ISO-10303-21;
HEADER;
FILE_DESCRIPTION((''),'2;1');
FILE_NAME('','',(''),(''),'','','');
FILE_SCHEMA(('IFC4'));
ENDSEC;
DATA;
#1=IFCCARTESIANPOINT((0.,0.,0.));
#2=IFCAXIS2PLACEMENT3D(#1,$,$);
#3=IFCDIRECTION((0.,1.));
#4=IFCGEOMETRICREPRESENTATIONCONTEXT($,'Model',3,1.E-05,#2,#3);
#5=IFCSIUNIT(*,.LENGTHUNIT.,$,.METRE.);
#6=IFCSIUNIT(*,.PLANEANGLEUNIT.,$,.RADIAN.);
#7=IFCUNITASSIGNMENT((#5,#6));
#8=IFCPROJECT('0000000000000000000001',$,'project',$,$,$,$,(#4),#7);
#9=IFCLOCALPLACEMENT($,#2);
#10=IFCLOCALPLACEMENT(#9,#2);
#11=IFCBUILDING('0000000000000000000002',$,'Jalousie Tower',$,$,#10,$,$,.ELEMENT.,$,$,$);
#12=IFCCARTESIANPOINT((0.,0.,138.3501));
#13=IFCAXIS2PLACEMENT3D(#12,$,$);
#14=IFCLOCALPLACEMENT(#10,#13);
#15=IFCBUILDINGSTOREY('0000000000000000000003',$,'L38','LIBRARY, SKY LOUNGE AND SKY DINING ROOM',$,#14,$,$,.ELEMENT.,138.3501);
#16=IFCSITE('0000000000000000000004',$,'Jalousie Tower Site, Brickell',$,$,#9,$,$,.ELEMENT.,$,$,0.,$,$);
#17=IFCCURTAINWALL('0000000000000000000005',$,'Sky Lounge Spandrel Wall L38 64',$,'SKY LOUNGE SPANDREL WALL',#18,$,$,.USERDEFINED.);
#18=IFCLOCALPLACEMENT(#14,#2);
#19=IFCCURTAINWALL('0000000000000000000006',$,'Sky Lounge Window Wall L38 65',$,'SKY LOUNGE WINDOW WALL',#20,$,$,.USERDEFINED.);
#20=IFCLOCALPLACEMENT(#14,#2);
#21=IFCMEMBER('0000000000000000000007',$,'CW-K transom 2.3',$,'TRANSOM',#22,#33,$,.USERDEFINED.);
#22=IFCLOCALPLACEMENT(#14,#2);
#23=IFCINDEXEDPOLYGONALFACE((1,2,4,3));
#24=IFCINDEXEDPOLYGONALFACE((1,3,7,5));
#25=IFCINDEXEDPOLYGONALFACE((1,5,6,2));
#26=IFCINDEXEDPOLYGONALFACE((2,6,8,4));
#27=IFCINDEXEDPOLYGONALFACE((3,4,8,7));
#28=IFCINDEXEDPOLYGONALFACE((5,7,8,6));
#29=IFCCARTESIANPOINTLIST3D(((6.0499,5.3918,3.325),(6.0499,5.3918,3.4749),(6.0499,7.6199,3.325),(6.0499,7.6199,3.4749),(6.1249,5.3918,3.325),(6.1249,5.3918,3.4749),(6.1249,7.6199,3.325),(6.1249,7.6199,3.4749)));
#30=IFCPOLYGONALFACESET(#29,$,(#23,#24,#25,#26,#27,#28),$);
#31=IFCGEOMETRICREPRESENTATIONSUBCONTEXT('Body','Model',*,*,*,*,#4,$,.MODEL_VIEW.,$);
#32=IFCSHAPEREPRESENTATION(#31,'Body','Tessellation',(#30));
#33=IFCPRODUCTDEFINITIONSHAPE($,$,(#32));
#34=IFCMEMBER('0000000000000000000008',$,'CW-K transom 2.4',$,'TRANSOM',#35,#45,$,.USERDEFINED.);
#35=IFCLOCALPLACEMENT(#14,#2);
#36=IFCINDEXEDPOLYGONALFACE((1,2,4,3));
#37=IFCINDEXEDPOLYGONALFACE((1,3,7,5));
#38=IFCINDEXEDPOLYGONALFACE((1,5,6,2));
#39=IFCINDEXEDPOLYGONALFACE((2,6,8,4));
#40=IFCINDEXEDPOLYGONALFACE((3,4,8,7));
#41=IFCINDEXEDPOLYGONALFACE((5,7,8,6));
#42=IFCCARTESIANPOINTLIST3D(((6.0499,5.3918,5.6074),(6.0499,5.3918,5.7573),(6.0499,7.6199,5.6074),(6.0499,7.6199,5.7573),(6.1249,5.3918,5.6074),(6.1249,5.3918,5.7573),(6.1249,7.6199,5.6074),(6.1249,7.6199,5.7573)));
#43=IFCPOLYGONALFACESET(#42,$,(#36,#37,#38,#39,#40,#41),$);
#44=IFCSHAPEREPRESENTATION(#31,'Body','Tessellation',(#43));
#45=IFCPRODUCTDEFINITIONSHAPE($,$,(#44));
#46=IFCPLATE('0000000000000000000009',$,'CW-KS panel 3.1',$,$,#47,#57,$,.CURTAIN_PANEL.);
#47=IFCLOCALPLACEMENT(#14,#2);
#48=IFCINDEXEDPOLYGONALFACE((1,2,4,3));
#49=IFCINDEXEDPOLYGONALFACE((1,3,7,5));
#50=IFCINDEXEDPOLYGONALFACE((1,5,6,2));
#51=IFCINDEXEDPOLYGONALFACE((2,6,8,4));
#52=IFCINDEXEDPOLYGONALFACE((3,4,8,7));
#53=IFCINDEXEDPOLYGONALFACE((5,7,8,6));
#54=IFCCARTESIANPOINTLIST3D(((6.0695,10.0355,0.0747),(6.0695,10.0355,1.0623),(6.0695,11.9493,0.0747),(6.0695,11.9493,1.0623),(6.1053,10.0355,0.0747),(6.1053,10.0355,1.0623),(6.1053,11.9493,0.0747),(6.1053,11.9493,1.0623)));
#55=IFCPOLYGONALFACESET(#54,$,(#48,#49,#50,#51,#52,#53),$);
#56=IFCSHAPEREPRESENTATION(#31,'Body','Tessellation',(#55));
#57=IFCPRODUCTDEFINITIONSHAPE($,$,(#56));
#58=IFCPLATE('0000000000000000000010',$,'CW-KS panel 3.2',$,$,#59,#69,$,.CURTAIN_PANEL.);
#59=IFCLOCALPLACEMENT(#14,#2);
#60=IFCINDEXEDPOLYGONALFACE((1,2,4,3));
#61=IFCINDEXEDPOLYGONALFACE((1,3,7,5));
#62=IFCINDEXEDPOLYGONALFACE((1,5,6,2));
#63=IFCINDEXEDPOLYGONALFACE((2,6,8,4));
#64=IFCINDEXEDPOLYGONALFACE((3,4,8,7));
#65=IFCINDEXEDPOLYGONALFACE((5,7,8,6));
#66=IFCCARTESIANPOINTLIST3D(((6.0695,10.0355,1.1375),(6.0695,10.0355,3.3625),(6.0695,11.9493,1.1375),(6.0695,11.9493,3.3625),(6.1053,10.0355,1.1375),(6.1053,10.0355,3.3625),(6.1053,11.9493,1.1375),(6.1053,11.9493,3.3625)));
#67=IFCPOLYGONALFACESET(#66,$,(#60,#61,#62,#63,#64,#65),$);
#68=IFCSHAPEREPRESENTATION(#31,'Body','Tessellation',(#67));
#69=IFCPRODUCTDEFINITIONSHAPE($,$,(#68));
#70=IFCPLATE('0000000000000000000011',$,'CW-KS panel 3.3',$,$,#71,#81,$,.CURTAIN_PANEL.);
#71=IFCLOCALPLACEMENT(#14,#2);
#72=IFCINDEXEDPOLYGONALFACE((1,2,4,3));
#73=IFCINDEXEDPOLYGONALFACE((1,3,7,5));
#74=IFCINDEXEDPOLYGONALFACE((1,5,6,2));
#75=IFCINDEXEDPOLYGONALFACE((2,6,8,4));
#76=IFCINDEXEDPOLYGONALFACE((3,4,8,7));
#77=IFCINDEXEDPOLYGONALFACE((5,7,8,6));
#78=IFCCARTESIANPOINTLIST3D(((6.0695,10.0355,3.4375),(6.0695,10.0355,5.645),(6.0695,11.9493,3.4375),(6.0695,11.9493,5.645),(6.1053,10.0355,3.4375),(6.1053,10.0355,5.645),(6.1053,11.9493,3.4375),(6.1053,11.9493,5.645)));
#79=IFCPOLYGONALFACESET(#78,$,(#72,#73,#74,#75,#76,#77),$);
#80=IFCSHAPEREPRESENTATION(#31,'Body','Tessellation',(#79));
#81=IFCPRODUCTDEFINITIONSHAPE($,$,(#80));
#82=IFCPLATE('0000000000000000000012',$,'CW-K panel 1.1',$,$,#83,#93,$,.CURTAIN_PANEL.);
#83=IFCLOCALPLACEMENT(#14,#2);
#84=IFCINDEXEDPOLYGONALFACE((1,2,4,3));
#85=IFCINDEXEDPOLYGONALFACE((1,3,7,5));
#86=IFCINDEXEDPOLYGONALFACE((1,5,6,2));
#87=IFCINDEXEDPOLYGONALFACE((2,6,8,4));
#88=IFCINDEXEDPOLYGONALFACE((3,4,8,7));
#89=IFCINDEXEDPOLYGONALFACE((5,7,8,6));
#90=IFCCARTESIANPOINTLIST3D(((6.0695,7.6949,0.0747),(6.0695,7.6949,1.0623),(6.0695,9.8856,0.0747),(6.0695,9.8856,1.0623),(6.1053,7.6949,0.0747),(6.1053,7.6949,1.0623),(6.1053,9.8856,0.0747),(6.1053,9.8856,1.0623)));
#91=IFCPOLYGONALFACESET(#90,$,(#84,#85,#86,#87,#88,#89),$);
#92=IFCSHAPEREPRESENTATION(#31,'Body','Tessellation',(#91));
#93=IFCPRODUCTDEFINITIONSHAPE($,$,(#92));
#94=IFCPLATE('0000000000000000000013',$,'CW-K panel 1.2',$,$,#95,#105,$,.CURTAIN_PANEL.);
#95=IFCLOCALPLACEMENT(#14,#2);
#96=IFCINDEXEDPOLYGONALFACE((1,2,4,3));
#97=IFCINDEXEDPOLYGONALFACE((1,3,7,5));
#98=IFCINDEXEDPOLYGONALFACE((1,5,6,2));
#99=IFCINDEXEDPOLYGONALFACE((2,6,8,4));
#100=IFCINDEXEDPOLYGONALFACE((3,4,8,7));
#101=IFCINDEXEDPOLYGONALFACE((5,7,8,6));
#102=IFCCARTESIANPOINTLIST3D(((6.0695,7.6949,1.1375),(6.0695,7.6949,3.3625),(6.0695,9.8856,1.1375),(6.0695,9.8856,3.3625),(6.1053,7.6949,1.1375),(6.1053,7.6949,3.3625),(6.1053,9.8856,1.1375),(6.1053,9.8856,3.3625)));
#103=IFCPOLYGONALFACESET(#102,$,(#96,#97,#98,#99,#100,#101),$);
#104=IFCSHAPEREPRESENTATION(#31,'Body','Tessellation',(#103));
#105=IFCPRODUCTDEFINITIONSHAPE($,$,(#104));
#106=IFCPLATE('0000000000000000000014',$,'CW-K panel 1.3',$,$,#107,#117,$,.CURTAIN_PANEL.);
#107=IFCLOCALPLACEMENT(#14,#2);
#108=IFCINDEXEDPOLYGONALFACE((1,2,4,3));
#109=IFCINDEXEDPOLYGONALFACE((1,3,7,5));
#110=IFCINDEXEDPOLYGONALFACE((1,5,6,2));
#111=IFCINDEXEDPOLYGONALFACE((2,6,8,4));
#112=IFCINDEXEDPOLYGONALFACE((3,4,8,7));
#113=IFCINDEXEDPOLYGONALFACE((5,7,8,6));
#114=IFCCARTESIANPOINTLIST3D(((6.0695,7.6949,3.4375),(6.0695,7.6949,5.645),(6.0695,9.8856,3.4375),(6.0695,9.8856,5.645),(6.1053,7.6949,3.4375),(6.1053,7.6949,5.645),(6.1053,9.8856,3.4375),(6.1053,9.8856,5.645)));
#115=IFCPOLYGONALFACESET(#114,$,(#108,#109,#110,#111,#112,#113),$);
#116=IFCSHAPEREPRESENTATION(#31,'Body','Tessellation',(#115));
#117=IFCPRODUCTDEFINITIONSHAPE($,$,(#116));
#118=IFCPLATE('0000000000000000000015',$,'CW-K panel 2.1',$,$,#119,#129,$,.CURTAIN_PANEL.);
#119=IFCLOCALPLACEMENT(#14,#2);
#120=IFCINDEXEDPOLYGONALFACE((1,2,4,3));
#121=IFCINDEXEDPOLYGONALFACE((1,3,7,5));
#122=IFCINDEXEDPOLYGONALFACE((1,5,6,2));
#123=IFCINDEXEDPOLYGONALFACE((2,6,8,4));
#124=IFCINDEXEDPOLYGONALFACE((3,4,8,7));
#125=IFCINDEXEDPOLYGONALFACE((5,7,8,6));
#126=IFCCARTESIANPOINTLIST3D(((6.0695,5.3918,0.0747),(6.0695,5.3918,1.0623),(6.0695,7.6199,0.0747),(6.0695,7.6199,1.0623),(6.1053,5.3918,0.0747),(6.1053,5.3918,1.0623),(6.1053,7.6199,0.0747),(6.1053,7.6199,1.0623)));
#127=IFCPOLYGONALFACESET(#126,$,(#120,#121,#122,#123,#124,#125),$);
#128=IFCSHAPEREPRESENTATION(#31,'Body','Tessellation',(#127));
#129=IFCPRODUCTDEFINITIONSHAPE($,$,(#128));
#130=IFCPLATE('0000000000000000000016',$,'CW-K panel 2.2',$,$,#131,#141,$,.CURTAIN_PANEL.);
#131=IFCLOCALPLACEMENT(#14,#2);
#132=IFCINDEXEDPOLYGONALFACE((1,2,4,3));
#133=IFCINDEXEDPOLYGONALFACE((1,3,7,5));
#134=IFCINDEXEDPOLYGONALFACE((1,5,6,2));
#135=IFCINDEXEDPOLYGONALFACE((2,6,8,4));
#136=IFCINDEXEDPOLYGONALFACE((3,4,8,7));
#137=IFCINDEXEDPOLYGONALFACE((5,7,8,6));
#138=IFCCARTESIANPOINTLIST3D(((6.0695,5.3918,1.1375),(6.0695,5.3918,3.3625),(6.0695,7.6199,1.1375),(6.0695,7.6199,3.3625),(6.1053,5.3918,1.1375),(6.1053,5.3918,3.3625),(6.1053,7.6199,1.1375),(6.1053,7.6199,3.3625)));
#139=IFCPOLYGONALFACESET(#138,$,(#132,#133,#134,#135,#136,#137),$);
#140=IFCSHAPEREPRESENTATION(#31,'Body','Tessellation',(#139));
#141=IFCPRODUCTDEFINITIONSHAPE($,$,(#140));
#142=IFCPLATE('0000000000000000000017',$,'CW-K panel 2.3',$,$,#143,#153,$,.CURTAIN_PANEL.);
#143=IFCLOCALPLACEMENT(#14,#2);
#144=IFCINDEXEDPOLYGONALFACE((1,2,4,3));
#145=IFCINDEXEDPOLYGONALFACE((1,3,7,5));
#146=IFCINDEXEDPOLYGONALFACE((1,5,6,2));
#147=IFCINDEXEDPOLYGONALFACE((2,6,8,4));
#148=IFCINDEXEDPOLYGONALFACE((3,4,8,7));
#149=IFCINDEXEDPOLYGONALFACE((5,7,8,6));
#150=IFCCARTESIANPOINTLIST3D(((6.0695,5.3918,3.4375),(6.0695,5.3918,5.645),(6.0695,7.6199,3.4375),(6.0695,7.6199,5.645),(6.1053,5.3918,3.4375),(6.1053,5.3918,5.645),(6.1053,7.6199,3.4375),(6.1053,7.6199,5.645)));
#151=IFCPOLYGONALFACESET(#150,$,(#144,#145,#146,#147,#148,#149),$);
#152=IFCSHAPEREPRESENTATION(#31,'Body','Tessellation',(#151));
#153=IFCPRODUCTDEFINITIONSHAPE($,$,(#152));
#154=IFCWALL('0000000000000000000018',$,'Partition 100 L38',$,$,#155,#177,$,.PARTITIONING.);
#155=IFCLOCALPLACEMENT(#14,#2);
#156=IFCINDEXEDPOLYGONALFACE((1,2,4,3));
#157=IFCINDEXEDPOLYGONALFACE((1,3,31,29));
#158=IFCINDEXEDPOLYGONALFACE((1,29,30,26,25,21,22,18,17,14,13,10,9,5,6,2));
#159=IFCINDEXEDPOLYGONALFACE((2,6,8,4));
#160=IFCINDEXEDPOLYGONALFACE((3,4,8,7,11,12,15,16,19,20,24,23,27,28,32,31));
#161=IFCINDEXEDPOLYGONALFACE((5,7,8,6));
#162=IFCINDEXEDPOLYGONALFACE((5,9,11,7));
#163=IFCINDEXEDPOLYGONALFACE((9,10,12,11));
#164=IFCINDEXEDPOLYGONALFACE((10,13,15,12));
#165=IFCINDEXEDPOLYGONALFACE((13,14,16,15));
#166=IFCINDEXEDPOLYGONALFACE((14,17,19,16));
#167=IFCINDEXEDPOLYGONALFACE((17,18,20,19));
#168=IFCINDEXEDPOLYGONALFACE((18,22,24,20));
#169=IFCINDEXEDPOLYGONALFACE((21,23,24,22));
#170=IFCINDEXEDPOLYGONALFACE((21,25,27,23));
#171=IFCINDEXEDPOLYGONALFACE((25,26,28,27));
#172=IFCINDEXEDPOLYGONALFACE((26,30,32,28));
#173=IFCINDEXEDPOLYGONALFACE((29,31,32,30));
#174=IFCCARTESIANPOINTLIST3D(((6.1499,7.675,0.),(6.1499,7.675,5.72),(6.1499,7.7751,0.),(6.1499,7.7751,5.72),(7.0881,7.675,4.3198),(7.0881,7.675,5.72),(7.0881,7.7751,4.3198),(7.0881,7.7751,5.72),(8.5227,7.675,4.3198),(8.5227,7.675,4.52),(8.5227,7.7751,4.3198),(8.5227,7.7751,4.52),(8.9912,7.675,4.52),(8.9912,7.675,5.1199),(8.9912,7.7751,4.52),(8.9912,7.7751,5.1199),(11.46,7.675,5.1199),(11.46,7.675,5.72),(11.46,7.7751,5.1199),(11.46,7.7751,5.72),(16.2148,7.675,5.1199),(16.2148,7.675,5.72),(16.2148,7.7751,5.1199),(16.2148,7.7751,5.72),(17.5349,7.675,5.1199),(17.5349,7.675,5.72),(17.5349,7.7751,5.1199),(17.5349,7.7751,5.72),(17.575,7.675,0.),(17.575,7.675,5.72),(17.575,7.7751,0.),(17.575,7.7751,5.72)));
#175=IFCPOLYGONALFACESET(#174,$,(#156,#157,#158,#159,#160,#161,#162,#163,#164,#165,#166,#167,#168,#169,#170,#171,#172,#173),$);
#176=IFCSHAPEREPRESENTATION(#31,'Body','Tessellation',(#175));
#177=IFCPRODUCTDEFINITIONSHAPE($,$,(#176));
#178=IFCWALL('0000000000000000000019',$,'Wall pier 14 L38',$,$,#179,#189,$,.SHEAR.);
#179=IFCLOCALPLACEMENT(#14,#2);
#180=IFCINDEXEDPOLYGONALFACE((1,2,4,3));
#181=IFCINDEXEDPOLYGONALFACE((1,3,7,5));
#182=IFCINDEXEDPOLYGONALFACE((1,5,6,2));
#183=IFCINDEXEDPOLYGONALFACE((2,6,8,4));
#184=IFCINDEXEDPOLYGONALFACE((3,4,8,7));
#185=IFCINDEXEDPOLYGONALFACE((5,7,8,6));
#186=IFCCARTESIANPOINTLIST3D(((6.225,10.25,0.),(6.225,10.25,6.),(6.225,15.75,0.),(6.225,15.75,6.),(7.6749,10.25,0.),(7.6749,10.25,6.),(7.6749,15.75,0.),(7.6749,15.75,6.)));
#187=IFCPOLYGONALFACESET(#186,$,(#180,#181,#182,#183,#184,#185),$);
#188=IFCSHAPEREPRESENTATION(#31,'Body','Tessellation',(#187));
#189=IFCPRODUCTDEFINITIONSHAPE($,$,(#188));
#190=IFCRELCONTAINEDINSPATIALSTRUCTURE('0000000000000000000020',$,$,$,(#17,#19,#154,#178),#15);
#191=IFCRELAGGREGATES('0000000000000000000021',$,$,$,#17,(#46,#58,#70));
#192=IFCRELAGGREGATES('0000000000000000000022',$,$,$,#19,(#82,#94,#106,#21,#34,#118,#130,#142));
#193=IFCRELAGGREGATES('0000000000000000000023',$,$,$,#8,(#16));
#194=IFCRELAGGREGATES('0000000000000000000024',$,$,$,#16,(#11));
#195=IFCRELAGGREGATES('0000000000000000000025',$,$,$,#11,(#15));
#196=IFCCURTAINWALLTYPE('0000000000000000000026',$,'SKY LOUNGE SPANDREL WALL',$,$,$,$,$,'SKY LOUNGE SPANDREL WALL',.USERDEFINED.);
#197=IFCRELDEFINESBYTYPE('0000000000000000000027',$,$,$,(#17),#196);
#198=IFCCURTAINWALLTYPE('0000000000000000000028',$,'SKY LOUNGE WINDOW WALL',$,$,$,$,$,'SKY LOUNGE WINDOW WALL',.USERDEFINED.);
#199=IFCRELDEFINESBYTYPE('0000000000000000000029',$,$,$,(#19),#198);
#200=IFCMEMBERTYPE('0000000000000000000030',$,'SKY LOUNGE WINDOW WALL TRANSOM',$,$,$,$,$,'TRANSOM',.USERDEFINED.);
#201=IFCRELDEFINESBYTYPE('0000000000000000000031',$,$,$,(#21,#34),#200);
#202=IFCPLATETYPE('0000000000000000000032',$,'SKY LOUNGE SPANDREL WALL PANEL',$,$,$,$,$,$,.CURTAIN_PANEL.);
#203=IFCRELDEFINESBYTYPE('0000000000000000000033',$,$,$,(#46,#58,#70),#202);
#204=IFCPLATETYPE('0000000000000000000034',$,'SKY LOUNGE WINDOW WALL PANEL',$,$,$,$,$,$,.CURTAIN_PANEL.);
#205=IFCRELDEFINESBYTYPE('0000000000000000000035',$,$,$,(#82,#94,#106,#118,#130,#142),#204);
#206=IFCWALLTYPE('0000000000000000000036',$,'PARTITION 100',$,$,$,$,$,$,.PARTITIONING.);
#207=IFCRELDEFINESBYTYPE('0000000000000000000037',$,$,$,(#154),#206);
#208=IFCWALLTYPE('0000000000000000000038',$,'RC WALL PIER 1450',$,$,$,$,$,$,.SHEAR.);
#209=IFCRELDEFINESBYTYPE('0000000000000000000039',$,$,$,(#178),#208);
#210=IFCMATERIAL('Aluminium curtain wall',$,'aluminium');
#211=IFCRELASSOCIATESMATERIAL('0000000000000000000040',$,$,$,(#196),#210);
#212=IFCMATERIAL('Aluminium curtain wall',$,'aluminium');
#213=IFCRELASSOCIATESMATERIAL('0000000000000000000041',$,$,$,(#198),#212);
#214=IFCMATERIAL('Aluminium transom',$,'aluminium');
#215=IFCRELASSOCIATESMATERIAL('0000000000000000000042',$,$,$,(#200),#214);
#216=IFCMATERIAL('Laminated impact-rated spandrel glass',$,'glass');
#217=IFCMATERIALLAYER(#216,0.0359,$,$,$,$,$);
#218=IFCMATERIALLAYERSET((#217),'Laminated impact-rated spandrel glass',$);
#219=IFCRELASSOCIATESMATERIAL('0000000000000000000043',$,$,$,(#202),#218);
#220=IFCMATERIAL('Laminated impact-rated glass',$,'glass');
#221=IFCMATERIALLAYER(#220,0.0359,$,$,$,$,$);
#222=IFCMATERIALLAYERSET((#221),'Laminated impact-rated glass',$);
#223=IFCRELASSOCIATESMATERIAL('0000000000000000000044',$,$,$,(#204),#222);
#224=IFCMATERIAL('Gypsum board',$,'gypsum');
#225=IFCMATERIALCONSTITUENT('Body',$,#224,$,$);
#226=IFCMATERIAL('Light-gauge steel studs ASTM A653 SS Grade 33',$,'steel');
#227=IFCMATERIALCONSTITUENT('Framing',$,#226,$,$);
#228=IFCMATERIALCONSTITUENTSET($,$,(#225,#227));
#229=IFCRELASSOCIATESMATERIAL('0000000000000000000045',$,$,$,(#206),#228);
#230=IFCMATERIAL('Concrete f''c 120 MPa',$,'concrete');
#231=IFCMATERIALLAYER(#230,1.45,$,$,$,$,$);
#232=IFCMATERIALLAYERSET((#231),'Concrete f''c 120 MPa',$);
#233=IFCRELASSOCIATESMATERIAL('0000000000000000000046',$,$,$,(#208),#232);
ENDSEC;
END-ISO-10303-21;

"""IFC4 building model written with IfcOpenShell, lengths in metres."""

from ifc_helpers import new_model, si_unit, direction, frame, frame_2d, origin, origin_2d, place, context, subcontext, project, spatial, polyline, rectangle, outline, extrude, material, layer, layer_set, constituent, constituent_set, material_profile, profile_set, type_object, element, aggregate, save


model = new_model("IFC4")

# Units and contexts
model_context = context("Model", 3, precision=1e-05, world=origin(), true_north=direction((0.0, 1.0)))
body_context = subcontext(model_context, "Body", "Model", "MODEL_VIEW")
ifc_project = project(units=[si_unit("LENGTHUNIT", "METRE"), si_unit("PLANEANGLEUNIT", "RADIAN")], contexts=[model_context])

# Site, building, storey
site_placement = place(None, origin())
site = spatial("IfcSite", under=ifc_project, at=site_placement, Name="Jalousie Tower Site, Brickell", CompositionType="ELEMENT", RefElevation=0.0)
building_placement = place(site_placement, origin())
building = spatial("IfcBuilding", under=site, at=building_placement, Name="Jalousie Tower", CompositionType="ELEMENT")
storey_placement = place(building_placement, frame((0.0, 0.0, 138.3501)))
storey = spatial("IfcBuildingStorey", under=building, at=storey_placement, Name="L38", Description="LIBRARY, SKY LOUNGE AND SKY DINING ROOM", CompositionType="ELEMENT", Elevation=138.3501)

# Curtain walls, members
ifc_material_1 = material(Name="Aluminium curtain wall", Category="aluminium")
curtain_wall_type_1 = type_object("IfcCurtainWallType", Name="SKY LOUNGE SPANDREL WALL", ElementType="SKY LOUNGE SPANDREL WALL", PredefinedType="USERDEFINED", material=ifc_material_1)
curtain_wall_1_placement = place(storey_placement, origin())
curtain_wall_1 = element("IfcCurtainWall", 1, at=curtain_wall_1_placement, inside=storey, type_object=curtain_wall_type_1, Name="Sky Lounge Spandrel Wall L38 64", ObjectType="SKY LOUNGE SPANDREL WALL", PredefinedType="USERDEFINED")
ifc_material_2 = material(Name="Aluminium curtain wall", Category="aluminium")
curtain_wall_type_2 = type_object("IfcCurtainWallType", Name="SKY LOUNGE WINDOW WALL", ElementType="SKY LOUNGE WINDOW WALL", PredefinedType="USERDEFINED", material=ifc_material_2)
curtain_wall_2_placement = place(storey_placement, origin())
curtain_wall_2 = element("IfcCurtainWall", 2, at=curtain_wall_2_placement, inside=storey, type_object=curtain_wall_type_2, Name="Sky Lounge Window Wall L38 65", ObjectType="SKY LOUNGE WINDOW WALL", PredefinedType="USERDEFINED")
ifc_material_3 = material(Name="Aluminium transom", Category="aluminium")
ifc_material_profile_1 = material_profile(ifc_material_3, rectangle(XDim=0.075, YDim=0.1499, at=origin_2d()), Name="TRANSOM 75x150")
ifc_profile_set_1 = profile_set([ifc_material_profile_1], Name="Aluminium transom")
member_type_1 = type_object("IfcMemberType", Name="SKY LOUNGE WINDOW WALL TRANSOM", ElementType="TRANSOM", PredefinedType="USERDEFINED", material=ifc_profile_set_1)
member_1_placement = place(storey_placement, frame((6.0874, 7.6199, 3.3999), z_axis=(0.0, -1.0, 0.0), x_axis=(1.0, 0.0, 0.0)))
member_1 = element("IfcMember", 3, at=member_1_placement, type_object=member_type_1, Name="CW-K transom 2.3", ObjectType="TRANSOM", PredefinedType="USERDEFINED", context=body_context, shape_type="SweptSolid", body=[
    extrude(rectangle(XDim=0.075, YDim=0.1499, at=origin_2d()), origin(), (0.0, 0.0, 1.0), 2.228),
])
member_2_placement = place(storey_placement, frame((6.0874, 7.6199, 5.6824), z_axis=(0.0, -1.0, 0.0), x_axis=(1.0, 0.0, 0.0)))
member_2 = element("IfcMember", 4, at=member_2_placement, type_object=member_type_1, Name="CW-K transom 2.4", ObjectType="TRANSOM", PredefinedType="USERDEFINED", context=body_context, shape_type="SweptSolid", body=[
    extrude(rectangle(XDim=0.075, YDim=0.1499, at=origin_2d()), origin(), (0.0, 0.0, 1.0), 2.228),
])

# Plates
ifc_material_4 = material(Name="Laminated impact-rated spandrel glass", Category="glass")
ifc_layer_1 = layer(ifc_material_4, 0.0359)
ifc_layer_set_1 = layer_set([ifc_layer_1], Name="Laminated impact-rated spandrel glass")
plate_type_1 = type_object("IfcPlateType", Name="SKY LOUNGE SPANDREL WALL PANEL", PredefinedType="CURTAIN_PANEL", material=ifc_layer_set_1)
plate_1_placement = place(storey_placement, frame((6.0874, 10.9924, 0.0747), z_axis=(0.0, 0.0, 1.0), x_axis=(0.0, -1.0, 0.0)))
plate_1 = element("IfcPlate", 5, at=plate_1_placement, type_object=plate_type_1, Name="CW-KS panel 3.1", PredefinedType="CURTAIN_PANEL", context=body_context, shape_type="SweptSolid", body=[
    extrude(rectangle(XDim=1.9138, YDim=0.0359, at=origin_2d()), origin(), (0.0, 0.0, 1.0), 0.9875),
])
plate_2_placement = place(storey_placement, frame((6.0874, 10.9924, 1.1375), z_axis=(0.0, 0.0, 1.0), x_axis=(0.0, -1.0, 0.0)))
plate_2 = element("IfcPlate", 6, at=plate_2_placement, type_object=plate_type_1, Name="CW-KS panel 3.2", PredefinedType="CURTAIN_PANEL", context=body_context, shape_type="SweptSolid", body=[
    extrude(rectangle(XDim=1.9138, YDim=0.0359, at=origin_2d()), origin(), (0.0, 0.0, 1.0), 2.2251),
])
plate_3_placement = place(storey_placement, frame((6.0874, 10.9924, 3.4375), z_axis=(0.0, 0.0, 1.0), x_axis=(0.0, -1.0, 0.0)))
plate_3 = element("IfcPlate", 7, at=plate_3_placement, type_object=plate_type_1, Name="CW-KS panel 3.3", PredefinedType="CURTAIN_PANEL", context=body_context, shape_type="SweptSolid", body=[
    extrude(rectangle(XDim=1.9138, YDim=0.0359, at=origin_2d()), origin(), (0.0, 0.0, 1.0), 2.2075),
])
aggregate(curtain_wall_1, [plate_1, plate_2, plate_3])
ifc_material_5 = material(Name="Laminated impact-rated glass", Category="glass")
ifc_layer_2 = layer(ifc_material_5, 0.0359)
ifc_layer_set_2 = layer_set([ifc_layer_2], Name="Laminated impact-rated glass")
plate_type_2 = type_object("IfcPlateType", Name="SKY LOUNGE WINDOW WALL PANEL", PredefinedType="CURTAIN_PANEL", material=ifc_layer_set_2)
plate_4_placement = place(storey_placement, frame((6.0874, 8.7903, 0.0747), z_axis=(0.0, 0.0, 1.0), x_axis=(0.0, -1.0, 0.0)))
plate_4 = element("IfcPlate", 8, at=plate_4_placement, type_object=plate_type_2, Name="CW-K panel 1.1", PredefinedType="CURTAIN_PANEL", context=body_context, shape_type="SweptSolid", body=[
    extrude(rectangle(XDim=2.1907, YDim=0.0359, at=origin_2d()), origin(), (0.0, 0.0, 1.0), 0.9875),
])
plate_5_placement = place(storey_placement, frame((6.0874, 8.7903, 1.1375), z_axis=(0.0, 0.0, 1.0), x_axis=(0.0, -1.0, 0.0)))
plate_5 = element("IfcPlate", 9, at=plate_5_placement, type_object=plate_type_2, Name="CW-K panel 1.2", PredefinedType="CURTAIN_PANEL", context=body_context, shape_type="SweptSolid", body=[
    extrude(rectangle(XDim=2.1907, YDim=0.0359, at=origin_2d()), origin(), (0.0, 0.0, 1.0), 2.2251),
])
plate_6_placement = place(storey_placement, frame((6.0874, 8.7903, 3.4375), z_axis=(0.0, 0.0, 1.0), x_axis=(0.0, -1.0, 0.0)))
plate_6 = element("IfcPlate", 10, at=plate_6_placement, type_object=plate_type_2, Name="CW-K panel 1.3", PredefinedType="CURTAIN_PANEL", context=body_context, shape_type="SweptSolid", body=[
    extrude(rectangle(XDim=2.1907, YDim=0.0359, at=origin_2d()), origin(), (0.0, 0.0, 1.0), 2.2075),
])
plate_7_placement = place(storey_placement, frame((6.0874, 6.5059, 0.0747), z_axis=(0.0, 0.0, 1.0), x_axis=(0.0, -1.0, 0.0)))
plate_7 = element("IfcPlate", 11, at=plate_7_placement, type_object=plate_type_2, Name="CW-K panel 2.1", PredefinedType="CURTAIN_PANEL", context=body_context, shape_type="SweptSolid", body=[
    extrude(rectangle(XDim=2.228, YDim=0.0359, at=origin_2d()), origin(), (0.0, 0.0, 1.0), 0.9875),
])
plate_8_placement = place(storey_placement, frame((6.0874, 6.5059, 1.1375), z_axis=(0.0, 0.0, 1.0), x_axis=(0.0, -1.0, 0.0)))
plate_8 = element("IfcPlate", 12, at=plate_8_placement, type_object=plate_type_2, Name="CW-K panel 2.2", PredefinedType="CURTAIN_PANEL", context=body_context, shape_type="SweptSolid", body=[
    extrude(rectangle(XDim=2.228, YDim=0.0359, at=origin_2d()), origin(), (0.0, 0.0, 1.0), 2.2251),
])
plate_9_placement = place(storey_placement, frame((6.0874, 6.5059, 3.4375), z_axis=(0.0, 0.0, 1.0), x_axis=(0.0, -1.0, 0.0)))
plate_9 = element("IfcPlate", 13, at=plate_9_placement, type_object=plate_type_2, Name="CW-K panel 2.3", PredefinedType="CURTAIN_PANEL", context=body_context, shape_type="SweptSolid", body=[
    extrude(rectangle(XDim=2.228, YDim=0.0359, at=origin_2d()), origin(), (0.0, 0.0, 1.0), 2.2075),
])
aggregate(curtain_wall_2, [plate_4, plate_5, plate_6, member_1, member_2, plate_7, plate_8, plate_9])

# Walls
ifc_material_6 = material(Name="Gypsum board", Category="gypsum")
ifc_constituent_1 = constituent(ifc_material_6, Name="Body")
ifc_material_7 = material(Name="Light-gauge steel studs ASTM A653 SS Grade 33", Category="steel")
ifc_constituent_2 = constituent(ifc_material_7, Name="Framing")
ifc_constituent_set = constituent_set(constituents=[ifc_constituent_1, ifc_constituent_2])
wall_type_1 = type_object("IfcWallType", Name="PARTITION 100", PredefinedType="PARTITIONING", material=ifc_constituent_set)
wall_1_placement = place(storey_placement, frame((6.1499, 7.7251, 0.0), z_axis=(0.0, 0.0, 1.0), x_axis=(1.0, 0.0, 0.0)))
element("IfcWall", 14, at=wall_1_placement, inside=storey, type_object=wall_type_1, Name="Partition 100 L38", PredefinedType="PARTITIONING", context=body_context, shape_type="SweptSolid", body=[
    extrude(outline(polyline([(0.0, 0.0), (11.425, 0.0), (11.425, 5.72), (11.385, 5.72), (11.385, 5.1199), (10.0649, 5.1199), (10.0649, 5.72), (5.3101, 5.72), (5.3101, 5.1199), (2.8413, 5.1199), (2.8413, 4.52), (2.3728, 4.52), (2.3728, 4.3198), (0.9382, 4.3198), (0.9382, 5.72), (0.0, 5.72), (0.0, 0.0)])), frame((0.0, 0.05, 0.0), z_axis=(0.0, -1.0, 0.0), x_axis=(1.0, 0.0, 0.0)), (0.0, 0.0, 1.0), 0.1001),
])
ifc_material_8 = material(Name="Concrete f'c 120 MPa", Category="concrete")
ifc_layer_3 = layer(ifc_material_8, 1.45)
ifc_layer_set_3 = layer_set([ifc_layer_3], Name="Concrete f'c 120 MPa")
wall_type_2 = type_object("IfcWallType", Name="RC WALL PIER 1450", PredefinedType="SHEAR", material=ifc_layer_set_3)
wall_2_placement = place(storey_placement, frame((6.95, 10.25, 0.0), z_axis=(0.0, 0.0, 1.0), x_axis=(0.0, 1.0, 0.0)))
element("IfcWall", 15, at=wall_2_placement, inside=storey, type_object=wall_type_2, Name="Wall pier 14 L38", PredefinedType="SHEAR", context=body_context, shape_type="SweptSolid", body=[
    extrude(rectangle(XDim=5.5, YDim=1.45, at=frame_2d((2.75, 0.0))), origin(), (0.0, 0.0, 1.0), 6.0),
])

save(model, "model.ifc")
